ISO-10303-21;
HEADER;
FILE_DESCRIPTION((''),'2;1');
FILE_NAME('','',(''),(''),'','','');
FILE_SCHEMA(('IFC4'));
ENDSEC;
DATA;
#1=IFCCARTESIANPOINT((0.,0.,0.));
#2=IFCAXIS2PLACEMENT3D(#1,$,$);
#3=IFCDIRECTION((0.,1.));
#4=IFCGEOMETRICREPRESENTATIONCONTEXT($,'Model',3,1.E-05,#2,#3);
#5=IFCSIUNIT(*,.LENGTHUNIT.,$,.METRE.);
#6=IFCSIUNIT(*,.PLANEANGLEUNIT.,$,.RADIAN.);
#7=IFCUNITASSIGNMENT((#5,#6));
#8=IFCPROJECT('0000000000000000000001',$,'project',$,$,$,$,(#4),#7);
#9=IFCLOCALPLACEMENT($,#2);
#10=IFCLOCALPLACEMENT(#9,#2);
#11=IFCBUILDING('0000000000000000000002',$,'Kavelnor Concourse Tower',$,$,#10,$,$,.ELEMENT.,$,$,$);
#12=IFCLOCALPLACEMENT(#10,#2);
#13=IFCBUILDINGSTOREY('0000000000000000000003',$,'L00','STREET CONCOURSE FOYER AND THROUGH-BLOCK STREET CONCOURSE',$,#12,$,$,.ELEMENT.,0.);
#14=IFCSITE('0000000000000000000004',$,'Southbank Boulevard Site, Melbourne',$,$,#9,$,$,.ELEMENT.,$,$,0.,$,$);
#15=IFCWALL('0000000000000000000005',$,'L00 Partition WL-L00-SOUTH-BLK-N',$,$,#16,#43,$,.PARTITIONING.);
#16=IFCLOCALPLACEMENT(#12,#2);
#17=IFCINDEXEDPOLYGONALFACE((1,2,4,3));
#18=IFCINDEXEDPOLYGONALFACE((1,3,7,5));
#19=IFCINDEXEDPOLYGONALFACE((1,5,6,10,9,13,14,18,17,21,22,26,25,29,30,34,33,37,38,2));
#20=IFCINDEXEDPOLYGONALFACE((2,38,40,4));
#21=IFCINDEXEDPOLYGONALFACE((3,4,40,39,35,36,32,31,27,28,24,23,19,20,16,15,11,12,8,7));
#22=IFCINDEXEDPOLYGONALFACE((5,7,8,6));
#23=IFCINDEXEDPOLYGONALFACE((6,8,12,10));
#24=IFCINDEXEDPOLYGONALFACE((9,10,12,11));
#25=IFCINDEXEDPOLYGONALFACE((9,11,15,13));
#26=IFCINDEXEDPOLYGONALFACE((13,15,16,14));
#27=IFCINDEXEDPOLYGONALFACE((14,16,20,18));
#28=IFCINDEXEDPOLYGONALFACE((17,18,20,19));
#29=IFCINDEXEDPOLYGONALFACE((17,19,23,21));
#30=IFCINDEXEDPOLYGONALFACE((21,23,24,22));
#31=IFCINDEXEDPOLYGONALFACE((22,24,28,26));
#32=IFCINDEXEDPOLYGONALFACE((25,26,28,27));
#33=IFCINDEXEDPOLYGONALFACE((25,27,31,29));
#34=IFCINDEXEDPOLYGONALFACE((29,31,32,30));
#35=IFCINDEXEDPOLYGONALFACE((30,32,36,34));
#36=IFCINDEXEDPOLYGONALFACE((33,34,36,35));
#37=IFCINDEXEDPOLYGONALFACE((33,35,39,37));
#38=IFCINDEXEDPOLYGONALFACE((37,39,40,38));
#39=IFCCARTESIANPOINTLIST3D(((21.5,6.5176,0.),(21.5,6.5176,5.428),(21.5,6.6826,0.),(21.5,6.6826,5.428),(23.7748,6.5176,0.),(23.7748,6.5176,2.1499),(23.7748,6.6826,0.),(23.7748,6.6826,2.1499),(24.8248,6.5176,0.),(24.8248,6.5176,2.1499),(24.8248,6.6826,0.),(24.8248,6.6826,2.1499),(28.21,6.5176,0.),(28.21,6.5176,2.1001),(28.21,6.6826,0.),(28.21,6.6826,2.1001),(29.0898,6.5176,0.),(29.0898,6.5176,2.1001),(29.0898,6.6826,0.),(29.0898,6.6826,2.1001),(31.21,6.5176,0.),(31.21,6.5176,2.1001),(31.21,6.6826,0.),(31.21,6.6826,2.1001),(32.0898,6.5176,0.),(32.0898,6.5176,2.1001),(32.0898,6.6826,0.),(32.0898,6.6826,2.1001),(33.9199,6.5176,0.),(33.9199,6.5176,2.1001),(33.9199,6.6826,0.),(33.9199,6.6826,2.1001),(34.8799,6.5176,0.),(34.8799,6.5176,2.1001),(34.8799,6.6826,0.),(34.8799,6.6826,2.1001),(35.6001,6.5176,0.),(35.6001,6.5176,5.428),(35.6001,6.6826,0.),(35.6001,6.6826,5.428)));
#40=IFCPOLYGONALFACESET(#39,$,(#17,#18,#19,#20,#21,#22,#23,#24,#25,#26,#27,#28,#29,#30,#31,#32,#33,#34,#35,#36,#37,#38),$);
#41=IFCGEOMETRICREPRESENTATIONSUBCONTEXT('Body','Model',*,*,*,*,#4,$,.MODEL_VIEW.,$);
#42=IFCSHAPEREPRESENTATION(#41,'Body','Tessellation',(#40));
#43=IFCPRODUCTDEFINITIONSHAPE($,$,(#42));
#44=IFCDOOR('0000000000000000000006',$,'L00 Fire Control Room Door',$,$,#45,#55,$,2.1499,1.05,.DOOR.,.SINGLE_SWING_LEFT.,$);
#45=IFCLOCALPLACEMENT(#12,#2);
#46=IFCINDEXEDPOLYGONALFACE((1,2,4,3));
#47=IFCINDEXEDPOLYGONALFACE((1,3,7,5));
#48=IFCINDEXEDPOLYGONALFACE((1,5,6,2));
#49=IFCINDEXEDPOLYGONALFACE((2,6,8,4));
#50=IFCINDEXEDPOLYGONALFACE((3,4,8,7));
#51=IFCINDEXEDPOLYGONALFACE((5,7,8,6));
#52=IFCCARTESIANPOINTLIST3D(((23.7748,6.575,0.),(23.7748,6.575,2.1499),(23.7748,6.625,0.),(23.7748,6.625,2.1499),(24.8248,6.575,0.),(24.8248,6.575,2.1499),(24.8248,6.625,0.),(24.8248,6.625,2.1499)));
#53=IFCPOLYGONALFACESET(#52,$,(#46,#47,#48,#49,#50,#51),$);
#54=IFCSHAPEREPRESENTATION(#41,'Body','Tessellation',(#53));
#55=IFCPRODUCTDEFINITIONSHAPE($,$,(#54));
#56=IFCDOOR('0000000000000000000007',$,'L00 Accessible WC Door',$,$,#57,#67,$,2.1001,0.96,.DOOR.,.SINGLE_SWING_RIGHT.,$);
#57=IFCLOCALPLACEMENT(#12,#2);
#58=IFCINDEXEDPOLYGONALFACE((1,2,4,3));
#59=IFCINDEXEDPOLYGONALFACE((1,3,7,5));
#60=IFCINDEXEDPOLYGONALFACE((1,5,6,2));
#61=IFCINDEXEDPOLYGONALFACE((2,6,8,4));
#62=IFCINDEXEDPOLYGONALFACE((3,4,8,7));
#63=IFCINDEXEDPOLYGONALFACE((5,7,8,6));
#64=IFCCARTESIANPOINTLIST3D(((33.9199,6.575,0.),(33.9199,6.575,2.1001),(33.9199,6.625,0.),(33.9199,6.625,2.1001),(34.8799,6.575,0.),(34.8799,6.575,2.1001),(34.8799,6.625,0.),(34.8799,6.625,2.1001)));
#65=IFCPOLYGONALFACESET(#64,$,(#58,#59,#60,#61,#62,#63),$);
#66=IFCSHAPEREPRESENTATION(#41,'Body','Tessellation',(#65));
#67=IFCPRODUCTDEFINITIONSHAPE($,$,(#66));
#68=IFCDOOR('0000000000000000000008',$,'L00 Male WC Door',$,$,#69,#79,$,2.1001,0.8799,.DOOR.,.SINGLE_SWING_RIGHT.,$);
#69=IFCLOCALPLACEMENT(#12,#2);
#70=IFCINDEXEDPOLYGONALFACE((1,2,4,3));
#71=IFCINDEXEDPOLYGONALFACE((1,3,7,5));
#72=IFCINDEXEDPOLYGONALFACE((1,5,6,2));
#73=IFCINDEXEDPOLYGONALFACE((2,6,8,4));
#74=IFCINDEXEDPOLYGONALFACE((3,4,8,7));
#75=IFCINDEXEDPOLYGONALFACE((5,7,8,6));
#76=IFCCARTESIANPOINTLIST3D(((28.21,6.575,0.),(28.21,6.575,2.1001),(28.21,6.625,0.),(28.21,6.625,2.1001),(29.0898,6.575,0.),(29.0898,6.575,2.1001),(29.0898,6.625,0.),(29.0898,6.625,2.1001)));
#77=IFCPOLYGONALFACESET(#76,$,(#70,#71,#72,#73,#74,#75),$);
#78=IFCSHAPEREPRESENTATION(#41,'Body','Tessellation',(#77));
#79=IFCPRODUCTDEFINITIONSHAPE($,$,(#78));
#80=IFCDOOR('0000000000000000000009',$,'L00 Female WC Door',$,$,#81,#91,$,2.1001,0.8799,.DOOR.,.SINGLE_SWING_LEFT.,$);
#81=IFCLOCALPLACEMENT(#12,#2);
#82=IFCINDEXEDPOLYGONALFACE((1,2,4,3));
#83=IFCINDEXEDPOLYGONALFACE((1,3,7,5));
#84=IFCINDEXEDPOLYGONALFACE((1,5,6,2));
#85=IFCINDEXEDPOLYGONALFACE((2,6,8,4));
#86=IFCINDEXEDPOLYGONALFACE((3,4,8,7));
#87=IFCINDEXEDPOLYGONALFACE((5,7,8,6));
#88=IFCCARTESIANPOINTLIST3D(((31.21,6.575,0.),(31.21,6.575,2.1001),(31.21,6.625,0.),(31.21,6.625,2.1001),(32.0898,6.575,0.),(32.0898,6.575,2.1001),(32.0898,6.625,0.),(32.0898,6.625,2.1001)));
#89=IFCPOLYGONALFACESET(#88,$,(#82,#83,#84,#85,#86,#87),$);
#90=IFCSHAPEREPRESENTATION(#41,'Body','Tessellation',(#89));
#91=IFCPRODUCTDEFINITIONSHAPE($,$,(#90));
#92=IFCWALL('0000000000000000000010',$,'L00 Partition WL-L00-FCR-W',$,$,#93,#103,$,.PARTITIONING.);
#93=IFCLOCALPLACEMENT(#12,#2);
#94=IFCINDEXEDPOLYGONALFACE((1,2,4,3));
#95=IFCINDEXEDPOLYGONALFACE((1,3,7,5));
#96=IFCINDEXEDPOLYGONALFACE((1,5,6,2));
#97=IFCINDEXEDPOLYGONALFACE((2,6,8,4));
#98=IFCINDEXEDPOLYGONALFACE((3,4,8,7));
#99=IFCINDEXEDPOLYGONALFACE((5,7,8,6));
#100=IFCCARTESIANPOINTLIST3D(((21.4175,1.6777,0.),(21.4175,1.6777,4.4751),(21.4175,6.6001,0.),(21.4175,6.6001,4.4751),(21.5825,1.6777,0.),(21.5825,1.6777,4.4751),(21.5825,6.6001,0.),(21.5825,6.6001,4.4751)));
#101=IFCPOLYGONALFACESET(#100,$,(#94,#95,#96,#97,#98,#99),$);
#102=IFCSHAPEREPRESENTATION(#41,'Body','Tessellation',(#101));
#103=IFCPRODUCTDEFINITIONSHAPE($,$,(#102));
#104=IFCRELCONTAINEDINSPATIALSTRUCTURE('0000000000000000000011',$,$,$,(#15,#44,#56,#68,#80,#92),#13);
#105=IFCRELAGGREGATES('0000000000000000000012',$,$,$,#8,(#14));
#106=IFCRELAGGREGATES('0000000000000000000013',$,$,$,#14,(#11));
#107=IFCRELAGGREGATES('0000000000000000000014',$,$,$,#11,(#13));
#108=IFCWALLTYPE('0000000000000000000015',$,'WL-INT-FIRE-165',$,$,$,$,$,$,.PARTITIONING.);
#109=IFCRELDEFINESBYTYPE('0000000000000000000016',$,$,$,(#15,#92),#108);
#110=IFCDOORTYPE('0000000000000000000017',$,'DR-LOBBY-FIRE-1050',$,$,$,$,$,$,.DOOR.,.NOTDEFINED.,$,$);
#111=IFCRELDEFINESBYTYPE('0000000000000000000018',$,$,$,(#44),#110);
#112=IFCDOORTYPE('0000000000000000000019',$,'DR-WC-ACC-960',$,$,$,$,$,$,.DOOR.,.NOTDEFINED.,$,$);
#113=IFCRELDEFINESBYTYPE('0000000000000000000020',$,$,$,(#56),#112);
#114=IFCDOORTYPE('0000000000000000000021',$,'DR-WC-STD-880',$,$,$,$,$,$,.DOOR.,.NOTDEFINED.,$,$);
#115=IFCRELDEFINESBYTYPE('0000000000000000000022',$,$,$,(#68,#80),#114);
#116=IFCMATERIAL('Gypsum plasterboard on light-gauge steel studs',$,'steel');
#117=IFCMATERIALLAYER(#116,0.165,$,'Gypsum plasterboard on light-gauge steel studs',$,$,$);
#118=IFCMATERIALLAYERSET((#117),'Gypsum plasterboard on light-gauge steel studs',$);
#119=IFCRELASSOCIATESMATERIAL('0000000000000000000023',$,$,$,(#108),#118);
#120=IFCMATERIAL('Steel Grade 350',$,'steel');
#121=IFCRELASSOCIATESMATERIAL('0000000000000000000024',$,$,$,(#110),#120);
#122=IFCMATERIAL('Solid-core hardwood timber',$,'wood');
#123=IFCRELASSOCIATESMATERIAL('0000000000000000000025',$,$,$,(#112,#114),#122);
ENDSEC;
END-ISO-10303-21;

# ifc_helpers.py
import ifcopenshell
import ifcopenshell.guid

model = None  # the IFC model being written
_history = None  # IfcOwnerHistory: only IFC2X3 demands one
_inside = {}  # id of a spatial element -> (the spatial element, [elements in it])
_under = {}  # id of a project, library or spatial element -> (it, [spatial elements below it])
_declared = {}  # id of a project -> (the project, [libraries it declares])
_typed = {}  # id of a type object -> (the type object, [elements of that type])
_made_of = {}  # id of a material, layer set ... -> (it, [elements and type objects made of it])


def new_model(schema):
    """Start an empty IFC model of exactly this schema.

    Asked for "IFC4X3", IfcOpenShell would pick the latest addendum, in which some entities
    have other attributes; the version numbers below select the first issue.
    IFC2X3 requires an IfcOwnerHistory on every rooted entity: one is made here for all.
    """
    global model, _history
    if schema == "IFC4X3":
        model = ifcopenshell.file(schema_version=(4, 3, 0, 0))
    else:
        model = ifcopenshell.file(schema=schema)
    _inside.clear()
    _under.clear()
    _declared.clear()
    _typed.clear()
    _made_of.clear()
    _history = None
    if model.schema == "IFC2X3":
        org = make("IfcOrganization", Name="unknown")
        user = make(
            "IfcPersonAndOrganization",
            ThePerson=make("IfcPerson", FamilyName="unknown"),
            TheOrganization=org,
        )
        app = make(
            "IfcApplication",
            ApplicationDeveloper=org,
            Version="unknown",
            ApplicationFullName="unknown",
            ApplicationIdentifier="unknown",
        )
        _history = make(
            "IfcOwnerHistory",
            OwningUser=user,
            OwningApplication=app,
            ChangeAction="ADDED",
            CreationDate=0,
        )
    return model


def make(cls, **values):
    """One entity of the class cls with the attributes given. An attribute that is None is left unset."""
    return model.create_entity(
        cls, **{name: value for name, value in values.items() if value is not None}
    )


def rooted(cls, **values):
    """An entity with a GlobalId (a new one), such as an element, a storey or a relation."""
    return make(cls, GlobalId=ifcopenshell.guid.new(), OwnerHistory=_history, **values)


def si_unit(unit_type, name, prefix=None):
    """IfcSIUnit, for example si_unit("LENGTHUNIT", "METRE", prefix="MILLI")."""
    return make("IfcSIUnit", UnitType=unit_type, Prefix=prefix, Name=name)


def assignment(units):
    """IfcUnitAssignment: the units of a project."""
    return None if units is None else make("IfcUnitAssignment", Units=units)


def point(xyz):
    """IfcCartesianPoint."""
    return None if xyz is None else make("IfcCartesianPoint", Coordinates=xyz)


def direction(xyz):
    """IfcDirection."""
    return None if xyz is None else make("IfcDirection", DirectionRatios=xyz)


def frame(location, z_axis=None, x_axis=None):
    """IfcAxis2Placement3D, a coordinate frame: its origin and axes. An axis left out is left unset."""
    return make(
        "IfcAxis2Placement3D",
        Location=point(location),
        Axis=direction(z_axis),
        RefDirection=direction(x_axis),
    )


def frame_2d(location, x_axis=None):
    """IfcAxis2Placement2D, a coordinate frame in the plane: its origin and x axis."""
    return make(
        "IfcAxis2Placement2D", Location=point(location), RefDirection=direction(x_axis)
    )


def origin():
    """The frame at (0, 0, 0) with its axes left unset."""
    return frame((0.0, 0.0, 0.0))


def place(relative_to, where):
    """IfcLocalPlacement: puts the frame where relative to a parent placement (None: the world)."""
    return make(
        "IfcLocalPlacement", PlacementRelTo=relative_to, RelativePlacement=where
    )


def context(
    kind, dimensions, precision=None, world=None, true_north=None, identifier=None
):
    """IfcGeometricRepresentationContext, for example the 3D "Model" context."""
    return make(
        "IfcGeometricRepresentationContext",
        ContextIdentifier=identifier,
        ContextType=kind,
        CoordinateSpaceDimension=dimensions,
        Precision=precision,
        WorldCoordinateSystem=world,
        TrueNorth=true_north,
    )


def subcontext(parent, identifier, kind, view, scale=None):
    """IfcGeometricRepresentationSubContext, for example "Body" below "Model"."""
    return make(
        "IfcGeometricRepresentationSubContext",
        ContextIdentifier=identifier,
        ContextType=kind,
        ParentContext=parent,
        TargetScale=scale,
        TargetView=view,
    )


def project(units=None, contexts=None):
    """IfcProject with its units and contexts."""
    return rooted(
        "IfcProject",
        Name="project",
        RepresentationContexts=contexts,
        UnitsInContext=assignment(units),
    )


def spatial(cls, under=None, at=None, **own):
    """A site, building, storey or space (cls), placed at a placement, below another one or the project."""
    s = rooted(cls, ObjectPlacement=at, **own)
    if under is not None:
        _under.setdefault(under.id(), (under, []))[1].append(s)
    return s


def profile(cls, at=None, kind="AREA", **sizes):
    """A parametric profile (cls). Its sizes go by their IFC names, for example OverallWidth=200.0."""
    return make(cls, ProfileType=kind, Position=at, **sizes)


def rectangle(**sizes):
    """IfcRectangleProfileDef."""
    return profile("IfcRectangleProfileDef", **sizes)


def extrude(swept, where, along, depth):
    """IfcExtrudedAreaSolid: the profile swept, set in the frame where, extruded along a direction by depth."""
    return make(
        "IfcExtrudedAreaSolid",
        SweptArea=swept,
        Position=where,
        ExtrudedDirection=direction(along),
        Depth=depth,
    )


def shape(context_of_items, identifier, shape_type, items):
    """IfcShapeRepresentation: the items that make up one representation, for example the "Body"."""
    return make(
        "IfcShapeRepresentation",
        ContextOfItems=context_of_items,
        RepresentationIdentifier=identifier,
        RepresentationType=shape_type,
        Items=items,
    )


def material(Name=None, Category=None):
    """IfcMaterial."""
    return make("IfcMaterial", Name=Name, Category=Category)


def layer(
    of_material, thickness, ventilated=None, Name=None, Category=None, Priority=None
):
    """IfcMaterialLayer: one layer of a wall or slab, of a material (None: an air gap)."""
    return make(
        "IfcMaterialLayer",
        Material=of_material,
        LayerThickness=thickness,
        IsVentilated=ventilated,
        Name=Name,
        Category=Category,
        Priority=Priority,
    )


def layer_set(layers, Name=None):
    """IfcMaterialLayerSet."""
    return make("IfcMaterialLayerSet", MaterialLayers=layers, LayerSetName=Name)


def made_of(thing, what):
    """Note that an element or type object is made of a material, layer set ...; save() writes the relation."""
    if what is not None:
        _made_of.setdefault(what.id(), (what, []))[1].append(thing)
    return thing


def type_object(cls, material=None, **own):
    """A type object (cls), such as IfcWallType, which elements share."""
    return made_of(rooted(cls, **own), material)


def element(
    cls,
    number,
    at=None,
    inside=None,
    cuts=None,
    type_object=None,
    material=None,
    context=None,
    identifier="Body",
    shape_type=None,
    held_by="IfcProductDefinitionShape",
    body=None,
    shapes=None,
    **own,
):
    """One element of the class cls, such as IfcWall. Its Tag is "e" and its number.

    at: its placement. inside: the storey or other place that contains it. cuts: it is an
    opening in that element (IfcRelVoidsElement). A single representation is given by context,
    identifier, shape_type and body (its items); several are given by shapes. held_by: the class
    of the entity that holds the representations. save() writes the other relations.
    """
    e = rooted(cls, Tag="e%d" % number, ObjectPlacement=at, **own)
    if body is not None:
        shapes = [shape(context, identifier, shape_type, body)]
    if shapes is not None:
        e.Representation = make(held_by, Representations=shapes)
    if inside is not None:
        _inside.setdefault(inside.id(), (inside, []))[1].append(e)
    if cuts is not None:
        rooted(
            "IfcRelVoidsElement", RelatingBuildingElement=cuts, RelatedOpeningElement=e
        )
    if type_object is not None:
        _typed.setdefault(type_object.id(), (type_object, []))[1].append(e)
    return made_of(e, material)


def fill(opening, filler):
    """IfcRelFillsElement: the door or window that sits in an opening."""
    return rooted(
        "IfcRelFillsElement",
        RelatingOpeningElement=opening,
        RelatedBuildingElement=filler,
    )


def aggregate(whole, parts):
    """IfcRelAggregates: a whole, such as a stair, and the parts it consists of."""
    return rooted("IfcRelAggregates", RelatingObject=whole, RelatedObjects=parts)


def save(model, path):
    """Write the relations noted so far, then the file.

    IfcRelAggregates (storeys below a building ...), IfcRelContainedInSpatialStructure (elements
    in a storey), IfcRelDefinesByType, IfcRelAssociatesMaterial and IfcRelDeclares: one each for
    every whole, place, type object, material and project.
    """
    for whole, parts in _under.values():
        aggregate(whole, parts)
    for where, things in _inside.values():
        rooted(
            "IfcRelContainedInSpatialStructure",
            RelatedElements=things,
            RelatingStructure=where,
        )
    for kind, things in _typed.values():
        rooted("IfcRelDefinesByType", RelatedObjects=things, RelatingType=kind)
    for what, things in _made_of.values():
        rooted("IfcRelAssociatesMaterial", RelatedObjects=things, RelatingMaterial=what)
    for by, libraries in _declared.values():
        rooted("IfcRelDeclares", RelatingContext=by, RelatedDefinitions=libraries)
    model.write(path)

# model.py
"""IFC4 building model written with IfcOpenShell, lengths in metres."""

from ifc_helpers import new_model, si_unit, direction, frame, frame_2d, origin, place, context, subcontext, project, spatial, rectangle, extrude, material, layer, layer_set, type_object, element, fill, save


model = new_model("IFC4")

# Units and contexts
model_context = context("Model", 3, precision=1e-05, world=origin(), true_north=direction((0.0, 1.0)))
body_context = subcontext(model_context, "Body", "Model", "MODEL_VIEW")
ifc_project = project(units=[si_unit("LENGTHUNIT", "METRE"), si_unit("PLANEANGLEUNIT", "RADIAN")], contexts=[model_context])

# Site, building, storey
site_placement = place(None, origin())
site = spatial("IfcSite", under=ifc_project, at=site_placement, Name="Southbank Boulevard Site, Melbourne", CompositionType="ELEMENT", RefElevation=0.0)
building_placement = place(site_placement, origin())
building = spatial("IfcBuilding", under=site, at=building_placement, Name="Kavelnor Concourse Tower", CompositionType="ELEMENT")
storey_placement = place(building_placement, origin())
storey = spatial("IfcBuildingStorey", under=building, at=storey_placement, Name="L00", Description="STREET CONCOURSE FOYER AND THROUGH-BLOCK STREET CONCOURSE", CompositionType="ELEMENT", Elevation=0.0)

# Shared definitions
ifc_material_1 = material(Name="Steel Grade 350", Category="steel")

# Wall, openings, doors
ifc_material_2 = material(Name="Gypsum plasterboard on light-gauge steel studs", Category="steel")
ifc_layer_1 = layer(ifc_material_2, 0.165, Name="Gypsum plasterboard on light-gauge steel studs")
ifc_layer_set_1 = layer_set([ifc_layer_1], Name="Gypsum plasterboard on light-gauge steel studs")
wall_type_1 = type_object("IfcWallType", Name="WL-INT-FIRE-165", PredefinedType="PARTITIONING", material=ifc_layer_set_1)
wall_1_placement = place(storey_placement, frame((21.5, 6.6001, 0.0), z_axis=(0.0, 0.0, 1.0), x_axis=(1.0, 0.0, 0.0)))
wall_1 = element("IfcWall", 1, at=wall_1_placement, inside=storey, type_object=wall_type_1, Name="L00 Partition WL-L00-SOUTH-BLK-N", PredefinedType="PARTITIONING", context=body_context, shape_type="SweptSolid", body=[
    extrude(rectangle(XDim=14.1001, YDim=0.165, at=frame_2d((7.05, 0.0))), origin(), (0.0, 0.0, 1.0), 5.428),
])
opening_1_placement = place(wall_1_placement, frame((2.2749, 0.0, 0.0)))
opening_1 = element("IfcOpeningElement", 2, at=opening_1_placement, cuts=wall_1, PredefinedType="OPENING", context=body_context, shape_type="SweptSolid", body=[
    extrude(rectangle(XDim=1.05, YDim=2.1499, at=frame_2d((0.5249, 1.075))), frame((0.0, 0.0925, 0.0), z_axis=(0.0, -1.0, 0.0), x_axis=(1.0, 0.0, 0.0)), (0.0, 0.0, 1.0), 0.1851),
])
opening_2_placement = place(wall_1_placement, frame((6.71, 0.0, 0.0)))
opening_2 = element("IfcOpeningElement", 3, at=opening_2_placement, cuts=wall_1, PredefinedType="OPENING", context=body_context, shape_type="SweptSolid", body=[
    extrude(rectangle(XDim=0.8799, YDim=2.1001, at=frame_2d((0.4399, 1.05))), frame((0.0, 0.0925, 0.0), z_axis=(0.0, -1.0, 0.0), x_axis=(1.0, 0.0, 0.0)), (0.0, 0.0, 1.0), 0.1851),
])
opening_3_placement = place(wall_1_placement, frame((9.71, 0.0, 0.0)))
opening_3 = element("IfcOpeningElement", 4, at=opening_3_placement, cuts=wall_1, PredefinedType="OPENING", context=body_context, shape_type="SweptSolid", body=[
    extrude(rectangle(XDim=0.8799, YDim=2.1001, at=frame_2d((0.4399, 1.05))), frame((0.0, 0.0925, 0.0), z_axis=(0.0, -1.0, 0.0), x_axis=(1.0, 0.0, 0.0)), (0.0, 0.0, 1.0), 0.1851),
])
opening_4_placement = place(wall_1_placement, frame((12.4199, 0.0, 0.0)))
opening_4 = element("IfcOpeningElement", 5, at=opening_4_placement, cuts=wall_1, PredefinedType="OPENING", context=body_context, shape_type="SweptSolid", body=[
    extrude(rectangle(XDim=0.96, YDim=2.1001, at=frame_2d((0.48, 1.05))), frame((0.0, 0.0925, 0.0), z_axis=(0.0, -1.0, 0.0), x_axis=(1.0, 0.0, 0.0)), (0.0, 0.0, 1.0), 0.1851),
])
door_type_1 = type_object("IfcDoorType", Name="DR-LOBBY-FIRE-1050", OperationType="NOTDEFINED", PredefinedType="DOOR", material=ifc_material_1)
door_1_placement = place(opening_1_placement, origin())
door_1 = element("IfcDoor", 6, at=door_1_placement, inside=storey, type_object=door_type_1, Name="L00 Fire Control Room Door", OperationType="SINGLE_SWING_LEFT", OverallHeight=2.1499, OverallWidth=1.05, PredefinedType="DOOR", context=body_context, shape_type="SweptSolid", body=[
    extrude(rectangle(XDim=1.05, YDim=2.1499, at=frame_2d((0.5249, 1.075))), frame((0.0, 0.0249, 0.0), z_axis=(0.0, -1.0, 0.0), x_axis=(1.0, 0.0, 0.0)), (0.0, 0.0, 1.0), 0.05),
])
fill(opening_1, door_1)
ifc_material_3 = material(Name="Solid-core hardwood timber", Category="wood")
door_type_2 = type_object("IfcDoorType", Name="DR-WC-ACC-960", OperationType="NOTDEFINED", PredefinedType="DOOR", material=ifc_material_3)
door_2_placement = place(opening_4_placement, origin())
door_2 = element("IfcDoor", 7, at=door_2_placement, inside=storey, type_object=door_type_2, Name="L00 Accessible WC Door", OperationType="SINGLE_SWING_RIGHT", OverallHeight=2.1001, OverallWidth=0.96, PredefinedType="DOOR", context=body_context, shape_type="SweptSolid", body=[
    extrude(rectangle(XDim=0.96, YDim=2.1001, at=frame_2d((0.48, 1.05))), frame((0.0, 0.0249, 0.0), z_axis=(0.0, -1.0, 0.0), x_axis=(1.0, 0.0, 0.0)), (0.0, 0.0, 1.0), 0.05),
])
fill(opening_4, door_2)
door_type_3 = type_object("IfcDoorType", Name="DR-WC-STD-880", OperationType="NOTDEFINED", PredefinedType="DOOR", material=ifc_material_3)
door_3_placement = place(opening_2_placement, origin())
door_3 = element("IfcDoor", 8, at=door_3_placement, inside=storey, type_object=door_type_3, Name="L00 Male WC Door", OperationType="SINGLE_SWING_RIGHT", OverallHeight=2.1001, OverallWidth=0.8799, PredefinedType="DOOR", context=body_context, shape_type="SweptSolid", body=[
    extrude(rectangle(XDim=0.8799, YDim=2.1001, at=frame_2d((0.4399, 1.05))), frame((0.0, 0.0249, 0.0), z_axis=(0.0, -1.0, 0.0), x_axis=(1.0, 0.0, 0.0)), (0.0, 0.0, 1.0), 0.05),
])
fill(opening_2, door_3)
door_4_placement = place(opening_3_placement, origin())
door_4 = element("IfcDoor", 9, at=door_4_placement, inside=storey, type_object=door_type_3, Name="L00 Female WC Door", OperationType="SINGLE_SWING_LEFT", OverallHeight=2.1001, OverallWidth=0.8799, PredefinedType="DOOR", context=body_context, shape_type="SweptSolid", body=[
    extrude(rectangle(XDim=0.8799, YDim=2.1001, at=frame_2d((0.4399, 1.05))), frame((0.0, 0.0249, 0.0), z_axis=(0.0, -1.0, 0.0), x_axis=(1.0, 0.0, 0.0)), (0.0, 0.0, 1.0), 0.05),
])
fill(opening_3, door_4)

# Wall
wall_2_placement = place(storey_placement, frame((21.5, 1.6777, 0.0), z_axis=(0.0, 0.0, 1.0), x_axis=(0.0, 1.0, 0.0)))
element("IfcWall", 10, at=wall_2_placement, inside=storey, type_object=wall_type_1, Name="L00 Partition WL-L00-FCR-W", PredefinedType="PARTITIONING", context=body_context, shape_type="SweptSolid", body=[
    extrude(rectangle(XDim=4.9224, YDim=0.165, at=frame_2d((2.4612, 0.0))), origin(), (0.0, 0.0, 1.0), 4.4751),
])

save(model, "model.ifc")
